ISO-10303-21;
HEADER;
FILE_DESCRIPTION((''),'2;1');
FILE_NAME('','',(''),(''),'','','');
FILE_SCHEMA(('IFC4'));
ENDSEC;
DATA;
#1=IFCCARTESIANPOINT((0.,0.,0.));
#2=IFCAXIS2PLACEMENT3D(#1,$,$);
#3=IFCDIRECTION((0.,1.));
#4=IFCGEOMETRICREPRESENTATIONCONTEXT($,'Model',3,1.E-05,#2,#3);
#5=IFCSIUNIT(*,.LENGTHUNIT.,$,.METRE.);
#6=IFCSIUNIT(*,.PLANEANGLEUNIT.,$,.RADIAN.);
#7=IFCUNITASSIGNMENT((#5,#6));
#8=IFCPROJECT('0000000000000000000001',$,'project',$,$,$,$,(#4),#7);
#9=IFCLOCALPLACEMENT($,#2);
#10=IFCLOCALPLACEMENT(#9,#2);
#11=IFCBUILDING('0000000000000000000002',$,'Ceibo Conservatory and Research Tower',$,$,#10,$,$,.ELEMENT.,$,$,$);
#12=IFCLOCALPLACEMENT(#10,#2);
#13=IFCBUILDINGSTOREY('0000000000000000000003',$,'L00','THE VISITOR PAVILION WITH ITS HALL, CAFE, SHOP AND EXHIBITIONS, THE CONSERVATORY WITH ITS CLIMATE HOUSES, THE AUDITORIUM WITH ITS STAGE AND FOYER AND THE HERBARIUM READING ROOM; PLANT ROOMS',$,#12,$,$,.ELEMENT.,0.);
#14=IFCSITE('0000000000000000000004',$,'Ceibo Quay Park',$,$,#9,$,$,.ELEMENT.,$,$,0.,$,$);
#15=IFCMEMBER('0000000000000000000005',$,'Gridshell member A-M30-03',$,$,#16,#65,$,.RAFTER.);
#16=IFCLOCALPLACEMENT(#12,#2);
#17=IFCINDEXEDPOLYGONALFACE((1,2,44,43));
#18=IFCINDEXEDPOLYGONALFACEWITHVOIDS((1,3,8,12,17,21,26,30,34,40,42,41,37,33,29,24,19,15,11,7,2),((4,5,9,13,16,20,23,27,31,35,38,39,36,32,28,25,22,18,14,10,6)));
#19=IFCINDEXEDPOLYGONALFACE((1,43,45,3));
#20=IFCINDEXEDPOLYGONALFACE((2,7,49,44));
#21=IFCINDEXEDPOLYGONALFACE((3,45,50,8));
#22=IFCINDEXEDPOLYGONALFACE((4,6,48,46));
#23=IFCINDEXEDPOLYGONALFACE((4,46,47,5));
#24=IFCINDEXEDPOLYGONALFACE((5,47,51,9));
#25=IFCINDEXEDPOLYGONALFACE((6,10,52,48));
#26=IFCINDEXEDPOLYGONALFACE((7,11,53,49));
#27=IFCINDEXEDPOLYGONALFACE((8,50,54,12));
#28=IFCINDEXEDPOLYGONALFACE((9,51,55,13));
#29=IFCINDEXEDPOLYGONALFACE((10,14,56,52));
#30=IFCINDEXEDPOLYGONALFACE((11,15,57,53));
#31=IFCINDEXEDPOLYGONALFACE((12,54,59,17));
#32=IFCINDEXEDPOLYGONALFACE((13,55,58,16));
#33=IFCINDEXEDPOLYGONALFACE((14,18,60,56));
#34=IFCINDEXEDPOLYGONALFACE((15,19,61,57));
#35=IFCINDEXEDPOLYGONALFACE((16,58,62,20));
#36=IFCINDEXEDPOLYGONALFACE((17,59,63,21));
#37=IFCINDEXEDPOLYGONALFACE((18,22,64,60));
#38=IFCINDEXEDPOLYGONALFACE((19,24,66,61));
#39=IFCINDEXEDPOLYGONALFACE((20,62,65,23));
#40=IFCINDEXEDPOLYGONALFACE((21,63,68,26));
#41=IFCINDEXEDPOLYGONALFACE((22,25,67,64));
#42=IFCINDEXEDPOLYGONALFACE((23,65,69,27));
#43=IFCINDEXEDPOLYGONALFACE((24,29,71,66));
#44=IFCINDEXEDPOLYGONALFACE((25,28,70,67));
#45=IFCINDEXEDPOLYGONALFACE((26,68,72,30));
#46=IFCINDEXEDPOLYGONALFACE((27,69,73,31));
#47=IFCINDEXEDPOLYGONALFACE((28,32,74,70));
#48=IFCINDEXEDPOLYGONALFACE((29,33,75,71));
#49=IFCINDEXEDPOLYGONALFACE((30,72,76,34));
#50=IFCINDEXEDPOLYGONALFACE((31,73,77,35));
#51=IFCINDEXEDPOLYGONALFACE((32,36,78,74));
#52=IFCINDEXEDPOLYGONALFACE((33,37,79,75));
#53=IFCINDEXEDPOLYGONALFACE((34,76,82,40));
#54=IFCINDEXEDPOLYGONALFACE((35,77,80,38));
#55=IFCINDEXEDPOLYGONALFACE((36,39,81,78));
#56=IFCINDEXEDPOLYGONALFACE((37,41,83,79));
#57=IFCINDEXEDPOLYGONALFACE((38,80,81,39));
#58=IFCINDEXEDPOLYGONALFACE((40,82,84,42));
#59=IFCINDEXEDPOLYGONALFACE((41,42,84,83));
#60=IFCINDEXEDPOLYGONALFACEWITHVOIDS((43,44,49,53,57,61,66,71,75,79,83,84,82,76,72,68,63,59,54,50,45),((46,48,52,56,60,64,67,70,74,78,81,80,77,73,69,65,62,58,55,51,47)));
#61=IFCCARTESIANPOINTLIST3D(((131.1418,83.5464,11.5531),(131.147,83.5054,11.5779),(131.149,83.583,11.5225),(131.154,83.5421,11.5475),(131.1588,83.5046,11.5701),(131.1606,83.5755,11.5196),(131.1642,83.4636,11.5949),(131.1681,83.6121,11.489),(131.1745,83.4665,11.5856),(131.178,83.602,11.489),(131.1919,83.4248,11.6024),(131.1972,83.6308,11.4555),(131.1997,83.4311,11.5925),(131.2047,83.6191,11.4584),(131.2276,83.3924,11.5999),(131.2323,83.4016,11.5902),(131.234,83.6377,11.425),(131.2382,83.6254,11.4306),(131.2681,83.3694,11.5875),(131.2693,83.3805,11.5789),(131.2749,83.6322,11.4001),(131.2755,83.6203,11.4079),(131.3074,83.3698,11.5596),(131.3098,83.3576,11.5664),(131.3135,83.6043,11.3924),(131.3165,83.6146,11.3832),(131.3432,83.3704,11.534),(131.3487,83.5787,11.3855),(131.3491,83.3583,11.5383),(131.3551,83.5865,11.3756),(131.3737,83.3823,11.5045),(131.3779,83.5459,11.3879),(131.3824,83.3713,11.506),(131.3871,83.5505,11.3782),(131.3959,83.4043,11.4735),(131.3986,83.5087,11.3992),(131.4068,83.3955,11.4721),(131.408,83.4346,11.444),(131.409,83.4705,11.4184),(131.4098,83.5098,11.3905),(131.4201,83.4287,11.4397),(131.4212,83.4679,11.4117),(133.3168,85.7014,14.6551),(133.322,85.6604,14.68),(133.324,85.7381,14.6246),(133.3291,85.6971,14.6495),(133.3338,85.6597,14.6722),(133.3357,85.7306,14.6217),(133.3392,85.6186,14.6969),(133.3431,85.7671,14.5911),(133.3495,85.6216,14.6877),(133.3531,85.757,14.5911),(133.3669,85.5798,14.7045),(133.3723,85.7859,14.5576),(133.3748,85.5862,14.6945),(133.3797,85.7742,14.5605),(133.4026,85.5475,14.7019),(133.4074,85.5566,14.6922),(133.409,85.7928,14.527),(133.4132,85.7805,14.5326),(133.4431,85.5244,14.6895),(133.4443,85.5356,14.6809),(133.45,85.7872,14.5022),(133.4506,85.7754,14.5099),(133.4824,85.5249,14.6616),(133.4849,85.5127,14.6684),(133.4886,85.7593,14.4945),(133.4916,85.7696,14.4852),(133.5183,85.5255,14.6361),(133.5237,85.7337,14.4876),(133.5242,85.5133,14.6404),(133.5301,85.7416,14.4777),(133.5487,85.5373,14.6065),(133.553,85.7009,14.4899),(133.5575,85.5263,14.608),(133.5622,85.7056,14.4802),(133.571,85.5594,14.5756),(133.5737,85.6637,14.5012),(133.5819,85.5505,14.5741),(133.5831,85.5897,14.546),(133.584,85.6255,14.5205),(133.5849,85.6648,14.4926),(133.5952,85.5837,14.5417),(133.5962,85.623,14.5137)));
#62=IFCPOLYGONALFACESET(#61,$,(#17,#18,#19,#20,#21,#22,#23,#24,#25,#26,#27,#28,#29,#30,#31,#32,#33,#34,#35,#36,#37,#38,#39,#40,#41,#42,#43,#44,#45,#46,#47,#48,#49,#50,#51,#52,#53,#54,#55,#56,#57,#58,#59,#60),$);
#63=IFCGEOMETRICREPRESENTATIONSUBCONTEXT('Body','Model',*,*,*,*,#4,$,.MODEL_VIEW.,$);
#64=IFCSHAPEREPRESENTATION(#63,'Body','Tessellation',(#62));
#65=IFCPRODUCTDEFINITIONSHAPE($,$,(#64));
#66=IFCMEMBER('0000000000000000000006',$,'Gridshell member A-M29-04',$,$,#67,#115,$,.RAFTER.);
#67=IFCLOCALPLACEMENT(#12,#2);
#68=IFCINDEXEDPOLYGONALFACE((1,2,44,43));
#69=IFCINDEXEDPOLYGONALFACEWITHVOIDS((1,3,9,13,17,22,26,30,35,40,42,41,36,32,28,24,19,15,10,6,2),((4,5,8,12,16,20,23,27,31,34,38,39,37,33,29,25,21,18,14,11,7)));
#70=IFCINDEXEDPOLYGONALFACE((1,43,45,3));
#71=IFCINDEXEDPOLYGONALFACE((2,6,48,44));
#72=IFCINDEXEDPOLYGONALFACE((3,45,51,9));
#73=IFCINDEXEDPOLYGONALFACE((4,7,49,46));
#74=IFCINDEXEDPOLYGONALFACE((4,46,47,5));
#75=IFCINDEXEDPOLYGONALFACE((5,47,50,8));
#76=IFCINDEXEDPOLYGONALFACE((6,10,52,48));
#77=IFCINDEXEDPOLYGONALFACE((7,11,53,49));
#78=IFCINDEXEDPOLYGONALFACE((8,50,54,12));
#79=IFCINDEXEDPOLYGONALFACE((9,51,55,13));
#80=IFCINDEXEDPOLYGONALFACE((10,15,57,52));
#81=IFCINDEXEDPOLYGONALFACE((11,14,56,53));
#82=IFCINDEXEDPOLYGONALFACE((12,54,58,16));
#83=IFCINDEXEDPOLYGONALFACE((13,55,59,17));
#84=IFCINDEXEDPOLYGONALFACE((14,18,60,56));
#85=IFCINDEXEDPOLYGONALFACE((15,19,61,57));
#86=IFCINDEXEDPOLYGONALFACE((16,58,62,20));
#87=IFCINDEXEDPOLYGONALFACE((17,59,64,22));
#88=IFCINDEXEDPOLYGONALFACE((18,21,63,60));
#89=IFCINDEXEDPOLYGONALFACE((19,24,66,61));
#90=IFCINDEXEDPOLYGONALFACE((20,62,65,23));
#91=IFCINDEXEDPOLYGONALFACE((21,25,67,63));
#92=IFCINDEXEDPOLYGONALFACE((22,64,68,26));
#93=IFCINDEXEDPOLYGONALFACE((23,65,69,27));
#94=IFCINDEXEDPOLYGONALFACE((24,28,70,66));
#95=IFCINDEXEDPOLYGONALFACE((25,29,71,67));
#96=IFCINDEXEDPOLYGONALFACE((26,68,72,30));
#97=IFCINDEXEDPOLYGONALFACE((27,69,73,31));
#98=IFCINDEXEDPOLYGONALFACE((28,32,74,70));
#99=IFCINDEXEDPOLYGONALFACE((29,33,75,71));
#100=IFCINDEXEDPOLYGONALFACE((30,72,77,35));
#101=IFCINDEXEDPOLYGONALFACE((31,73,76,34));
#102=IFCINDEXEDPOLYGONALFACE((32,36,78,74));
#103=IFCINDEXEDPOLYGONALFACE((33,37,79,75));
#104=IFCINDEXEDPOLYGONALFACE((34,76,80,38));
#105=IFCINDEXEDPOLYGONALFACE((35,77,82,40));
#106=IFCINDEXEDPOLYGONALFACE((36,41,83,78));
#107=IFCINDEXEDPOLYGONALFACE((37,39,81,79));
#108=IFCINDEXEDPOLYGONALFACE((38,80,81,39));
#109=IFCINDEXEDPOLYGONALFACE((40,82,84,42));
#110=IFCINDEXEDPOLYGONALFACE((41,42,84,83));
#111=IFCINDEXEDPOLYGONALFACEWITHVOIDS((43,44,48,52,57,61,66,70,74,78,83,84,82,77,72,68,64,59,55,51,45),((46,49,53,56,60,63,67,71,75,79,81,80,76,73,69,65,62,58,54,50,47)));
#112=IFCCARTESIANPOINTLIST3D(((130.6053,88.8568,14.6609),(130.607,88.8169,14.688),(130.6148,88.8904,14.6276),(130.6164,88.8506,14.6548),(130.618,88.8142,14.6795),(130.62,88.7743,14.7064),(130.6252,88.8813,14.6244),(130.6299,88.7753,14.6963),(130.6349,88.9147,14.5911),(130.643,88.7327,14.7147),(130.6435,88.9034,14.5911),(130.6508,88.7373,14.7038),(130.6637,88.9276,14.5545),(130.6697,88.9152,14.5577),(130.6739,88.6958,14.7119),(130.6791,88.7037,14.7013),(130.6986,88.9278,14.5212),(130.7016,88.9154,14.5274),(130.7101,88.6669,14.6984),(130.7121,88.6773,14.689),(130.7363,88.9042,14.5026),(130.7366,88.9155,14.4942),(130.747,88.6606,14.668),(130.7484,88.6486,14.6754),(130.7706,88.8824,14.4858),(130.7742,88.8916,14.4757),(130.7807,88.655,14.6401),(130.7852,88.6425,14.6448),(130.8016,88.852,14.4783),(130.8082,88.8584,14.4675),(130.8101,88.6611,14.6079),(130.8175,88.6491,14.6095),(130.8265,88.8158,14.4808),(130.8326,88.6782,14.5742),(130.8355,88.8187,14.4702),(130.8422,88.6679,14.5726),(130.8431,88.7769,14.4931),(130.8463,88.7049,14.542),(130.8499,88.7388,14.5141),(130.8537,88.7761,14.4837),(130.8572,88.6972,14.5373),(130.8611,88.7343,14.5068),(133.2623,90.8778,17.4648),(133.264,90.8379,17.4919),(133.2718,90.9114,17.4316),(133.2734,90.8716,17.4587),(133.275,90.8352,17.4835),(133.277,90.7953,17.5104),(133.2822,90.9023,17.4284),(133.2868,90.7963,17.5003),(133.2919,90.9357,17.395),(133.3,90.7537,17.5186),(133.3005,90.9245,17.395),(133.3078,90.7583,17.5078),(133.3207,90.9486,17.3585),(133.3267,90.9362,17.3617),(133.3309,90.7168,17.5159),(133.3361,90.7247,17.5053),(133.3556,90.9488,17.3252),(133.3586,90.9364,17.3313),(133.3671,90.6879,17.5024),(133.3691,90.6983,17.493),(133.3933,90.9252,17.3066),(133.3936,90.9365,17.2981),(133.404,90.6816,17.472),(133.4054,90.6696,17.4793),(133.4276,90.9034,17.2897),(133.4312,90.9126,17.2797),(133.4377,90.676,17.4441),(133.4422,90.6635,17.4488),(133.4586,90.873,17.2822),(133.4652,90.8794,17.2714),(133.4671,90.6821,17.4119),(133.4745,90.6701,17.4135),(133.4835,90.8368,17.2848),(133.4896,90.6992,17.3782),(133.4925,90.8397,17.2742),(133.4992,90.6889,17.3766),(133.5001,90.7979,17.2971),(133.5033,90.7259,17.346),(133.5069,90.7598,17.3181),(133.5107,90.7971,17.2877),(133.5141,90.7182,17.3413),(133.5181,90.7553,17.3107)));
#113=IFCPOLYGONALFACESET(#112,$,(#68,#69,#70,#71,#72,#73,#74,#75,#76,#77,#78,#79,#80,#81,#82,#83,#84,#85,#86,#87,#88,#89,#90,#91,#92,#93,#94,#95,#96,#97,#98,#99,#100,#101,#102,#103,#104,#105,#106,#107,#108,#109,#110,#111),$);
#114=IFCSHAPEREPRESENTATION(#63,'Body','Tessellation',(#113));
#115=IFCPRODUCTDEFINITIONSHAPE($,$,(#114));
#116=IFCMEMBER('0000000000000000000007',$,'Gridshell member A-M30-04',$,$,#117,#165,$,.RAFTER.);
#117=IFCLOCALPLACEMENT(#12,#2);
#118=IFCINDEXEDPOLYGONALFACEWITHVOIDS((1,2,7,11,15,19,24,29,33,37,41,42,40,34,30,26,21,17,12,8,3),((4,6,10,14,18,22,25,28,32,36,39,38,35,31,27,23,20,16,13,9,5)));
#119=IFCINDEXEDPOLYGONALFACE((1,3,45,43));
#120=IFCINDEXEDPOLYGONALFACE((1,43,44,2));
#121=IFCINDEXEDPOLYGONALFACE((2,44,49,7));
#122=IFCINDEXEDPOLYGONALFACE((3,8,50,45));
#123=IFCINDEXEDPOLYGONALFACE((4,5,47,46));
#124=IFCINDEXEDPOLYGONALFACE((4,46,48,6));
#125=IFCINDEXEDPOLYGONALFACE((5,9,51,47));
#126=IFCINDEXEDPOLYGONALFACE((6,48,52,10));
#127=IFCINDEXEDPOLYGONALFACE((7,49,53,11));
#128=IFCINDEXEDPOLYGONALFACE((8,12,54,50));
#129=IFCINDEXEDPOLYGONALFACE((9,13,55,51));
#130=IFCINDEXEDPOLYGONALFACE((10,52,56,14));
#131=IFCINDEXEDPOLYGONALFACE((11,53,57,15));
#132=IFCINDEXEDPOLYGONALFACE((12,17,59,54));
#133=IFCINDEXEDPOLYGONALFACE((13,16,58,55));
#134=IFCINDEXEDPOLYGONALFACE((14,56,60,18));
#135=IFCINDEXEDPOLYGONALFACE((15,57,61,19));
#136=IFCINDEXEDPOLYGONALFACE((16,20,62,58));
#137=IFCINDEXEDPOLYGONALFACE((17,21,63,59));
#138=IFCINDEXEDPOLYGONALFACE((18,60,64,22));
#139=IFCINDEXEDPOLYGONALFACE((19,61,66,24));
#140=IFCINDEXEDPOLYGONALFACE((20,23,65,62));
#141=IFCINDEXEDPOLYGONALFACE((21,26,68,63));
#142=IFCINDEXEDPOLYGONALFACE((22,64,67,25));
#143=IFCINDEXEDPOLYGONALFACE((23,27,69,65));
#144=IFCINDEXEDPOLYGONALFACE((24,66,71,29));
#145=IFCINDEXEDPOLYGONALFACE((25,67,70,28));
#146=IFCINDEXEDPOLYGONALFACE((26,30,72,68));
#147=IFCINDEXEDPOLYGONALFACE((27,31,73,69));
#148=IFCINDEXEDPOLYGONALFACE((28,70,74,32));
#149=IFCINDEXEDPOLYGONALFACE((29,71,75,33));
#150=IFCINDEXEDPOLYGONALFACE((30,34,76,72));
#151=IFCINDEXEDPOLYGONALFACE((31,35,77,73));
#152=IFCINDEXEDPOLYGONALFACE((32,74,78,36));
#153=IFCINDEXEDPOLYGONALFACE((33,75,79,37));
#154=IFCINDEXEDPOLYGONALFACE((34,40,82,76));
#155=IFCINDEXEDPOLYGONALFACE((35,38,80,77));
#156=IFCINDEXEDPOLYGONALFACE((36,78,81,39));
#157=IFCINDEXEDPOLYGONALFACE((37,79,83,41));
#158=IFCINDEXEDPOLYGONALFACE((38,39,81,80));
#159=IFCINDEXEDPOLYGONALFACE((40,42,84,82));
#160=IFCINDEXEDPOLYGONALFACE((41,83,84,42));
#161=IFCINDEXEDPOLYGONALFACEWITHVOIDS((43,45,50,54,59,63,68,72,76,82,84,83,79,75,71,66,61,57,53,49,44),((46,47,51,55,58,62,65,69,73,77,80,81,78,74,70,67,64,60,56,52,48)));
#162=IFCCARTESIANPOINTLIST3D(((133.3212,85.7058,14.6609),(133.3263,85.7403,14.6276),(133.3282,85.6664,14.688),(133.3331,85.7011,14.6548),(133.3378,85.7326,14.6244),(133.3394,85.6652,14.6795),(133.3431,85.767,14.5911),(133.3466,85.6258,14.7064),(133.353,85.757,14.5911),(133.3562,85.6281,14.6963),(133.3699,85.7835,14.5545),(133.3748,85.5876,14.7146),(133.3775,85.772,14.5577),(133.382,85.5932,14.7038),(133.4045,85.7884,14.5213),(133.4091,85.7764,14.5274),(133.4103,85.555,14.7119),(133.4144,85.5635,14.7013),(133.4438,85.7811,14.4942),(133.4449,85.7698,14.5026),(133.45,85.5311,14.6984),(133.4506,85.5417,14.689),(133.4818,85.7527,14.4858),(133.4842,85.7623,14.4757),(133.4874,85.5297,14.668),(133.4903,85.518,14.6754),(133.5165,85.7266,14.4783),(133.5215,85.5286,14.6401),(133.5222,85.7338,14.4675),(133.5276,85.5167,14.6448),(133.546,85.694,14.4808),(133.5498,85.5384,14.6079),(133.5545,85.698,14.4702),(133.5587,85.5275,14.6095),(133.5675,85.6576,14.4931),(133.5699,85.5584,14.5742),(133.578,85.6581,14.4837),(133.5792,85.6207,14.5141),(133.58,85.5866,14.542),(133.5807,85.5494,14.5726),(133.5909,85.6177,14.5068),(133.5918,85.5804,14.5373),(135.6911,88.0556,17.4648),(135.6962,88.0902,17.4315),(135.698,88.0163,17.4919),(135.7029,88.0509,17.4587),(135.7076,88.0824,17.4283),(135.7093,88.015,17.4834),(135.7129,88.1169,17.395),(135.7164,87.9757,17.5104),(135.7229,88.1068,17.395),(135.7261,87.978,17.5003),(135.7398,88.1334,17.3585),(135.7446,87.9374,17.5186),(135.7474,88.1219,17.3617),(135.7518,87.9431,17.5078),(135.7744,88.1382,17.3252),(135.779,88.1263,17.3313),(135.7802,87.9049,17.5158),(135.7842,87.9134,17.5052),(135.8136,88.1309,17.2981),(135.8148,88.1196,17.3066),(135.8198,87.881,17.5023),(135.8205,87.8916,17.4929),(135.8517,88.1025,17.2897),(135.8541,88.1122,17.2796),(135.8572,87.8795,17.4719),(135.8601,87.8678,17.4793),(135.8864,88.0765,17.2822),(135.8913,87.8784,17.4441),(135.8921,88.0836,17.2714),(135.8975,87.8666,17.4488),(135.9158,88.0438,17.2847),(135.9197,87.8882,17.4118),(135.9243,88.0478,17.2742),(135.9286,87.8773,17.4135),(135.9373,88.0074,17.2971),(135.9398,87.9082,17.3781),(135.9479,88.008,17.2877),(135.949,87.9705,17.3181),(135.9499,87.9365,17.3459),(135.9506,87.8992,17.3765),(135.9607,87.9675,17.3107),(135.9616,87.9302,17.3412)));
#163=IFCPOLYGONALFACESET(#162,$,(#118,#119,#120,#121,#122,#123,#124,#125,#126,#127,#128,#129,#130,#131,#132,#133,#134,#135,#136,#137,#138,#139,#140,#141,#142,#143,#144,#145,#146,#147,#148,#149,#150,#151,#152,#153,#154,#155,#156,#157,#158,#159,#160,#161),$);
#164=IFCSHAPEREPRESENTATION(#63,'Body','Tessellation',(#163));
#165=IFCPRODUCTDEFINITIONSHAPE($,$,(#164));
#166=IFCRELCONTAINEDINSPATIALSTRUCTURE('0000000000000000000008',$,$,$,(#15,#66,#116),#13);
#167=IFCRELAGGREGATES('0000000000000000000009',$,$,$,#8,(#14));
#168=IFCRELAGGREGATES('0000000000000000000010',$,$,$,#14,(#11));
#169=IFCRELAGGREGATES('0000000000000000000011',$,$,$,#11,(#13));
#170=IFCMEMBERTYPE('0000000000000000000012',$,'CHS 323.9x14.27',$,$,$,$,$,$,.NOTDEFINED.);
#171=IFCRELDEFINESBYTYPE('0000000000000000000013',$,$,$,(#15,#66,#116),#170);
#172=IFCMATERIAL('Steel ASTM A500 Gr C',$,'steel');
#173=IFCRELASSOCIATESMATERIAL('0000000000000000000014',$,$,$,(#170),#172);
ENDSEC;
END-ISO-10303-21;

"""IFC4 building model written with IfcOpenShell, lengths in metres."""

from ifc_helpers import new_model, si_unit, direction, frame, origin, origin_2d, place, context, subcontext, project, spatial, hollow_circle, extrude, material, material_profile, profile_set, type_object, element, save


model = new_model("IFC4")

# Units and contexts
model_context = context("Model", 3, precision=1e-05, world=origin(), true_north=direction((0.0, 1.0)))
body_context = subcontext(model_context, "Body", "Model", "MODEL_VIEW")
ifc_project = project(units=[si_unit("LENGTHUNIT", "METRE"), si_unit("PLANEANGLEUNIT", "RADIAN")], contexts=[model_context])

# Site, building, storey
site_placement = place(None, origin())
site = spatial("IfcSite", under=ifc_project, at=site_placement, Name="Ceibo Quay Park", CompositionType="ELEMENT", RefElevation=0.0)
building_placement = place(site_placement, origin())
building = spatial("IfcBuilding", under=site, at=building_placement, Name="Ceibo Conservatory and Research Tower", CompositionType="ELEMENT")
storey_placement = place(building_placement, origin())
storey = spatial("IfcBuildingStorey", under=building, at=storey_placement, Name="L00", Description="THE VISITOR PAVILION WITH ITS HALL, CAFE, SHOP AND EXHIBITIONS, THE CONSERVATORY WITH ITS CLIMATE HOUSES, THE AUDITORIUM WITH ITS STAGE AND FOYER AND THE HERBARIUM READING ROOM; PLANT ROOMS", CompositionType="ELEMENT", Elevation=0.0)

# Members
ifc_material_1 = material(Name="Steel ASTM A500 Gr C", Category="steel")
ifc_material_profile_1 = material_profile(ifc_material_1, hollow_circle(Radius=0.1619, WallThickness=0.0142, at=origin_2d()), Name="CHS 323.9x14.27")
ifc_profile_set_1 = profile_set([ifc_material_profile_1], Name="Steel ASTM A500 Gr C")
member_type_1 = type_object("IfcMemberType", Name="CHS 323.9x14.27", PredefinedType="NOTDEFINED", material=ifc_profile_set_1)
member_1_placement = place(storey_placement, frame((131.282, 83.4971, 11.489), z_axis=(0.499021, 0.494427, 0.711702), x_axis=(-0.70383, 0.710368, 0.0)))
element("IfcMember", 1, at=member_1_placement, inside=storey, type_object=member_type_1, Name="Gridshell member A-M30-03", PredefinedType="RAFTER", context=body_context, shape_type="SweptSolid", body=[
    extrude(hollow_circle(Radius=0.1619, WallThickness=0.0142, at=origin_2d()), origin(), (0.0, 0.0, 1.0), 4.3586),
])
member_2_placement = place(storey_placement, frame((130.7329, 88.7859, 14.5911), z_axis=(0.609455, 0.463573, 0.643167), x_axis=(-0.605404, 0.795918, 0.0)))
element("IfcMember", 2, at=member_2_placement, inside=storey, type_object=member_type_1, Name="Gridshell member A-M29-04", PredefinedType="RAFTER", context=body_context, shape_type="SweptSolid", body=[
    extrude(hollow_circle(Radius=0.1619, WallThickness=0.0142, at=origin_2d()), origin(), (0.0, 0.0, 1.0), 4.3596),
])
member_3_placement = place(storey_placement, frame((133.457, 85.6521, 14.5911), z_axis=(0.543682, 0.539089, 0.643267), x_axis=(-0.704101, 0.7101, 0.0)))
element("IfcMember", 3, at=member_3_placement, inside=storey, type_object=member_type_1, Name="Gridshell member A-M30-04", PredefinedType="RAFTER", context=body_context, shape_type="SweptSolid", body=[
    extrude(hollow_circle(Radius=0.1619, WallThickness=0.0142, at=origin_2d()), origin(), (0.0, 0.0, 1.0), 4.3589),
])

save(model, "model.ifc")
